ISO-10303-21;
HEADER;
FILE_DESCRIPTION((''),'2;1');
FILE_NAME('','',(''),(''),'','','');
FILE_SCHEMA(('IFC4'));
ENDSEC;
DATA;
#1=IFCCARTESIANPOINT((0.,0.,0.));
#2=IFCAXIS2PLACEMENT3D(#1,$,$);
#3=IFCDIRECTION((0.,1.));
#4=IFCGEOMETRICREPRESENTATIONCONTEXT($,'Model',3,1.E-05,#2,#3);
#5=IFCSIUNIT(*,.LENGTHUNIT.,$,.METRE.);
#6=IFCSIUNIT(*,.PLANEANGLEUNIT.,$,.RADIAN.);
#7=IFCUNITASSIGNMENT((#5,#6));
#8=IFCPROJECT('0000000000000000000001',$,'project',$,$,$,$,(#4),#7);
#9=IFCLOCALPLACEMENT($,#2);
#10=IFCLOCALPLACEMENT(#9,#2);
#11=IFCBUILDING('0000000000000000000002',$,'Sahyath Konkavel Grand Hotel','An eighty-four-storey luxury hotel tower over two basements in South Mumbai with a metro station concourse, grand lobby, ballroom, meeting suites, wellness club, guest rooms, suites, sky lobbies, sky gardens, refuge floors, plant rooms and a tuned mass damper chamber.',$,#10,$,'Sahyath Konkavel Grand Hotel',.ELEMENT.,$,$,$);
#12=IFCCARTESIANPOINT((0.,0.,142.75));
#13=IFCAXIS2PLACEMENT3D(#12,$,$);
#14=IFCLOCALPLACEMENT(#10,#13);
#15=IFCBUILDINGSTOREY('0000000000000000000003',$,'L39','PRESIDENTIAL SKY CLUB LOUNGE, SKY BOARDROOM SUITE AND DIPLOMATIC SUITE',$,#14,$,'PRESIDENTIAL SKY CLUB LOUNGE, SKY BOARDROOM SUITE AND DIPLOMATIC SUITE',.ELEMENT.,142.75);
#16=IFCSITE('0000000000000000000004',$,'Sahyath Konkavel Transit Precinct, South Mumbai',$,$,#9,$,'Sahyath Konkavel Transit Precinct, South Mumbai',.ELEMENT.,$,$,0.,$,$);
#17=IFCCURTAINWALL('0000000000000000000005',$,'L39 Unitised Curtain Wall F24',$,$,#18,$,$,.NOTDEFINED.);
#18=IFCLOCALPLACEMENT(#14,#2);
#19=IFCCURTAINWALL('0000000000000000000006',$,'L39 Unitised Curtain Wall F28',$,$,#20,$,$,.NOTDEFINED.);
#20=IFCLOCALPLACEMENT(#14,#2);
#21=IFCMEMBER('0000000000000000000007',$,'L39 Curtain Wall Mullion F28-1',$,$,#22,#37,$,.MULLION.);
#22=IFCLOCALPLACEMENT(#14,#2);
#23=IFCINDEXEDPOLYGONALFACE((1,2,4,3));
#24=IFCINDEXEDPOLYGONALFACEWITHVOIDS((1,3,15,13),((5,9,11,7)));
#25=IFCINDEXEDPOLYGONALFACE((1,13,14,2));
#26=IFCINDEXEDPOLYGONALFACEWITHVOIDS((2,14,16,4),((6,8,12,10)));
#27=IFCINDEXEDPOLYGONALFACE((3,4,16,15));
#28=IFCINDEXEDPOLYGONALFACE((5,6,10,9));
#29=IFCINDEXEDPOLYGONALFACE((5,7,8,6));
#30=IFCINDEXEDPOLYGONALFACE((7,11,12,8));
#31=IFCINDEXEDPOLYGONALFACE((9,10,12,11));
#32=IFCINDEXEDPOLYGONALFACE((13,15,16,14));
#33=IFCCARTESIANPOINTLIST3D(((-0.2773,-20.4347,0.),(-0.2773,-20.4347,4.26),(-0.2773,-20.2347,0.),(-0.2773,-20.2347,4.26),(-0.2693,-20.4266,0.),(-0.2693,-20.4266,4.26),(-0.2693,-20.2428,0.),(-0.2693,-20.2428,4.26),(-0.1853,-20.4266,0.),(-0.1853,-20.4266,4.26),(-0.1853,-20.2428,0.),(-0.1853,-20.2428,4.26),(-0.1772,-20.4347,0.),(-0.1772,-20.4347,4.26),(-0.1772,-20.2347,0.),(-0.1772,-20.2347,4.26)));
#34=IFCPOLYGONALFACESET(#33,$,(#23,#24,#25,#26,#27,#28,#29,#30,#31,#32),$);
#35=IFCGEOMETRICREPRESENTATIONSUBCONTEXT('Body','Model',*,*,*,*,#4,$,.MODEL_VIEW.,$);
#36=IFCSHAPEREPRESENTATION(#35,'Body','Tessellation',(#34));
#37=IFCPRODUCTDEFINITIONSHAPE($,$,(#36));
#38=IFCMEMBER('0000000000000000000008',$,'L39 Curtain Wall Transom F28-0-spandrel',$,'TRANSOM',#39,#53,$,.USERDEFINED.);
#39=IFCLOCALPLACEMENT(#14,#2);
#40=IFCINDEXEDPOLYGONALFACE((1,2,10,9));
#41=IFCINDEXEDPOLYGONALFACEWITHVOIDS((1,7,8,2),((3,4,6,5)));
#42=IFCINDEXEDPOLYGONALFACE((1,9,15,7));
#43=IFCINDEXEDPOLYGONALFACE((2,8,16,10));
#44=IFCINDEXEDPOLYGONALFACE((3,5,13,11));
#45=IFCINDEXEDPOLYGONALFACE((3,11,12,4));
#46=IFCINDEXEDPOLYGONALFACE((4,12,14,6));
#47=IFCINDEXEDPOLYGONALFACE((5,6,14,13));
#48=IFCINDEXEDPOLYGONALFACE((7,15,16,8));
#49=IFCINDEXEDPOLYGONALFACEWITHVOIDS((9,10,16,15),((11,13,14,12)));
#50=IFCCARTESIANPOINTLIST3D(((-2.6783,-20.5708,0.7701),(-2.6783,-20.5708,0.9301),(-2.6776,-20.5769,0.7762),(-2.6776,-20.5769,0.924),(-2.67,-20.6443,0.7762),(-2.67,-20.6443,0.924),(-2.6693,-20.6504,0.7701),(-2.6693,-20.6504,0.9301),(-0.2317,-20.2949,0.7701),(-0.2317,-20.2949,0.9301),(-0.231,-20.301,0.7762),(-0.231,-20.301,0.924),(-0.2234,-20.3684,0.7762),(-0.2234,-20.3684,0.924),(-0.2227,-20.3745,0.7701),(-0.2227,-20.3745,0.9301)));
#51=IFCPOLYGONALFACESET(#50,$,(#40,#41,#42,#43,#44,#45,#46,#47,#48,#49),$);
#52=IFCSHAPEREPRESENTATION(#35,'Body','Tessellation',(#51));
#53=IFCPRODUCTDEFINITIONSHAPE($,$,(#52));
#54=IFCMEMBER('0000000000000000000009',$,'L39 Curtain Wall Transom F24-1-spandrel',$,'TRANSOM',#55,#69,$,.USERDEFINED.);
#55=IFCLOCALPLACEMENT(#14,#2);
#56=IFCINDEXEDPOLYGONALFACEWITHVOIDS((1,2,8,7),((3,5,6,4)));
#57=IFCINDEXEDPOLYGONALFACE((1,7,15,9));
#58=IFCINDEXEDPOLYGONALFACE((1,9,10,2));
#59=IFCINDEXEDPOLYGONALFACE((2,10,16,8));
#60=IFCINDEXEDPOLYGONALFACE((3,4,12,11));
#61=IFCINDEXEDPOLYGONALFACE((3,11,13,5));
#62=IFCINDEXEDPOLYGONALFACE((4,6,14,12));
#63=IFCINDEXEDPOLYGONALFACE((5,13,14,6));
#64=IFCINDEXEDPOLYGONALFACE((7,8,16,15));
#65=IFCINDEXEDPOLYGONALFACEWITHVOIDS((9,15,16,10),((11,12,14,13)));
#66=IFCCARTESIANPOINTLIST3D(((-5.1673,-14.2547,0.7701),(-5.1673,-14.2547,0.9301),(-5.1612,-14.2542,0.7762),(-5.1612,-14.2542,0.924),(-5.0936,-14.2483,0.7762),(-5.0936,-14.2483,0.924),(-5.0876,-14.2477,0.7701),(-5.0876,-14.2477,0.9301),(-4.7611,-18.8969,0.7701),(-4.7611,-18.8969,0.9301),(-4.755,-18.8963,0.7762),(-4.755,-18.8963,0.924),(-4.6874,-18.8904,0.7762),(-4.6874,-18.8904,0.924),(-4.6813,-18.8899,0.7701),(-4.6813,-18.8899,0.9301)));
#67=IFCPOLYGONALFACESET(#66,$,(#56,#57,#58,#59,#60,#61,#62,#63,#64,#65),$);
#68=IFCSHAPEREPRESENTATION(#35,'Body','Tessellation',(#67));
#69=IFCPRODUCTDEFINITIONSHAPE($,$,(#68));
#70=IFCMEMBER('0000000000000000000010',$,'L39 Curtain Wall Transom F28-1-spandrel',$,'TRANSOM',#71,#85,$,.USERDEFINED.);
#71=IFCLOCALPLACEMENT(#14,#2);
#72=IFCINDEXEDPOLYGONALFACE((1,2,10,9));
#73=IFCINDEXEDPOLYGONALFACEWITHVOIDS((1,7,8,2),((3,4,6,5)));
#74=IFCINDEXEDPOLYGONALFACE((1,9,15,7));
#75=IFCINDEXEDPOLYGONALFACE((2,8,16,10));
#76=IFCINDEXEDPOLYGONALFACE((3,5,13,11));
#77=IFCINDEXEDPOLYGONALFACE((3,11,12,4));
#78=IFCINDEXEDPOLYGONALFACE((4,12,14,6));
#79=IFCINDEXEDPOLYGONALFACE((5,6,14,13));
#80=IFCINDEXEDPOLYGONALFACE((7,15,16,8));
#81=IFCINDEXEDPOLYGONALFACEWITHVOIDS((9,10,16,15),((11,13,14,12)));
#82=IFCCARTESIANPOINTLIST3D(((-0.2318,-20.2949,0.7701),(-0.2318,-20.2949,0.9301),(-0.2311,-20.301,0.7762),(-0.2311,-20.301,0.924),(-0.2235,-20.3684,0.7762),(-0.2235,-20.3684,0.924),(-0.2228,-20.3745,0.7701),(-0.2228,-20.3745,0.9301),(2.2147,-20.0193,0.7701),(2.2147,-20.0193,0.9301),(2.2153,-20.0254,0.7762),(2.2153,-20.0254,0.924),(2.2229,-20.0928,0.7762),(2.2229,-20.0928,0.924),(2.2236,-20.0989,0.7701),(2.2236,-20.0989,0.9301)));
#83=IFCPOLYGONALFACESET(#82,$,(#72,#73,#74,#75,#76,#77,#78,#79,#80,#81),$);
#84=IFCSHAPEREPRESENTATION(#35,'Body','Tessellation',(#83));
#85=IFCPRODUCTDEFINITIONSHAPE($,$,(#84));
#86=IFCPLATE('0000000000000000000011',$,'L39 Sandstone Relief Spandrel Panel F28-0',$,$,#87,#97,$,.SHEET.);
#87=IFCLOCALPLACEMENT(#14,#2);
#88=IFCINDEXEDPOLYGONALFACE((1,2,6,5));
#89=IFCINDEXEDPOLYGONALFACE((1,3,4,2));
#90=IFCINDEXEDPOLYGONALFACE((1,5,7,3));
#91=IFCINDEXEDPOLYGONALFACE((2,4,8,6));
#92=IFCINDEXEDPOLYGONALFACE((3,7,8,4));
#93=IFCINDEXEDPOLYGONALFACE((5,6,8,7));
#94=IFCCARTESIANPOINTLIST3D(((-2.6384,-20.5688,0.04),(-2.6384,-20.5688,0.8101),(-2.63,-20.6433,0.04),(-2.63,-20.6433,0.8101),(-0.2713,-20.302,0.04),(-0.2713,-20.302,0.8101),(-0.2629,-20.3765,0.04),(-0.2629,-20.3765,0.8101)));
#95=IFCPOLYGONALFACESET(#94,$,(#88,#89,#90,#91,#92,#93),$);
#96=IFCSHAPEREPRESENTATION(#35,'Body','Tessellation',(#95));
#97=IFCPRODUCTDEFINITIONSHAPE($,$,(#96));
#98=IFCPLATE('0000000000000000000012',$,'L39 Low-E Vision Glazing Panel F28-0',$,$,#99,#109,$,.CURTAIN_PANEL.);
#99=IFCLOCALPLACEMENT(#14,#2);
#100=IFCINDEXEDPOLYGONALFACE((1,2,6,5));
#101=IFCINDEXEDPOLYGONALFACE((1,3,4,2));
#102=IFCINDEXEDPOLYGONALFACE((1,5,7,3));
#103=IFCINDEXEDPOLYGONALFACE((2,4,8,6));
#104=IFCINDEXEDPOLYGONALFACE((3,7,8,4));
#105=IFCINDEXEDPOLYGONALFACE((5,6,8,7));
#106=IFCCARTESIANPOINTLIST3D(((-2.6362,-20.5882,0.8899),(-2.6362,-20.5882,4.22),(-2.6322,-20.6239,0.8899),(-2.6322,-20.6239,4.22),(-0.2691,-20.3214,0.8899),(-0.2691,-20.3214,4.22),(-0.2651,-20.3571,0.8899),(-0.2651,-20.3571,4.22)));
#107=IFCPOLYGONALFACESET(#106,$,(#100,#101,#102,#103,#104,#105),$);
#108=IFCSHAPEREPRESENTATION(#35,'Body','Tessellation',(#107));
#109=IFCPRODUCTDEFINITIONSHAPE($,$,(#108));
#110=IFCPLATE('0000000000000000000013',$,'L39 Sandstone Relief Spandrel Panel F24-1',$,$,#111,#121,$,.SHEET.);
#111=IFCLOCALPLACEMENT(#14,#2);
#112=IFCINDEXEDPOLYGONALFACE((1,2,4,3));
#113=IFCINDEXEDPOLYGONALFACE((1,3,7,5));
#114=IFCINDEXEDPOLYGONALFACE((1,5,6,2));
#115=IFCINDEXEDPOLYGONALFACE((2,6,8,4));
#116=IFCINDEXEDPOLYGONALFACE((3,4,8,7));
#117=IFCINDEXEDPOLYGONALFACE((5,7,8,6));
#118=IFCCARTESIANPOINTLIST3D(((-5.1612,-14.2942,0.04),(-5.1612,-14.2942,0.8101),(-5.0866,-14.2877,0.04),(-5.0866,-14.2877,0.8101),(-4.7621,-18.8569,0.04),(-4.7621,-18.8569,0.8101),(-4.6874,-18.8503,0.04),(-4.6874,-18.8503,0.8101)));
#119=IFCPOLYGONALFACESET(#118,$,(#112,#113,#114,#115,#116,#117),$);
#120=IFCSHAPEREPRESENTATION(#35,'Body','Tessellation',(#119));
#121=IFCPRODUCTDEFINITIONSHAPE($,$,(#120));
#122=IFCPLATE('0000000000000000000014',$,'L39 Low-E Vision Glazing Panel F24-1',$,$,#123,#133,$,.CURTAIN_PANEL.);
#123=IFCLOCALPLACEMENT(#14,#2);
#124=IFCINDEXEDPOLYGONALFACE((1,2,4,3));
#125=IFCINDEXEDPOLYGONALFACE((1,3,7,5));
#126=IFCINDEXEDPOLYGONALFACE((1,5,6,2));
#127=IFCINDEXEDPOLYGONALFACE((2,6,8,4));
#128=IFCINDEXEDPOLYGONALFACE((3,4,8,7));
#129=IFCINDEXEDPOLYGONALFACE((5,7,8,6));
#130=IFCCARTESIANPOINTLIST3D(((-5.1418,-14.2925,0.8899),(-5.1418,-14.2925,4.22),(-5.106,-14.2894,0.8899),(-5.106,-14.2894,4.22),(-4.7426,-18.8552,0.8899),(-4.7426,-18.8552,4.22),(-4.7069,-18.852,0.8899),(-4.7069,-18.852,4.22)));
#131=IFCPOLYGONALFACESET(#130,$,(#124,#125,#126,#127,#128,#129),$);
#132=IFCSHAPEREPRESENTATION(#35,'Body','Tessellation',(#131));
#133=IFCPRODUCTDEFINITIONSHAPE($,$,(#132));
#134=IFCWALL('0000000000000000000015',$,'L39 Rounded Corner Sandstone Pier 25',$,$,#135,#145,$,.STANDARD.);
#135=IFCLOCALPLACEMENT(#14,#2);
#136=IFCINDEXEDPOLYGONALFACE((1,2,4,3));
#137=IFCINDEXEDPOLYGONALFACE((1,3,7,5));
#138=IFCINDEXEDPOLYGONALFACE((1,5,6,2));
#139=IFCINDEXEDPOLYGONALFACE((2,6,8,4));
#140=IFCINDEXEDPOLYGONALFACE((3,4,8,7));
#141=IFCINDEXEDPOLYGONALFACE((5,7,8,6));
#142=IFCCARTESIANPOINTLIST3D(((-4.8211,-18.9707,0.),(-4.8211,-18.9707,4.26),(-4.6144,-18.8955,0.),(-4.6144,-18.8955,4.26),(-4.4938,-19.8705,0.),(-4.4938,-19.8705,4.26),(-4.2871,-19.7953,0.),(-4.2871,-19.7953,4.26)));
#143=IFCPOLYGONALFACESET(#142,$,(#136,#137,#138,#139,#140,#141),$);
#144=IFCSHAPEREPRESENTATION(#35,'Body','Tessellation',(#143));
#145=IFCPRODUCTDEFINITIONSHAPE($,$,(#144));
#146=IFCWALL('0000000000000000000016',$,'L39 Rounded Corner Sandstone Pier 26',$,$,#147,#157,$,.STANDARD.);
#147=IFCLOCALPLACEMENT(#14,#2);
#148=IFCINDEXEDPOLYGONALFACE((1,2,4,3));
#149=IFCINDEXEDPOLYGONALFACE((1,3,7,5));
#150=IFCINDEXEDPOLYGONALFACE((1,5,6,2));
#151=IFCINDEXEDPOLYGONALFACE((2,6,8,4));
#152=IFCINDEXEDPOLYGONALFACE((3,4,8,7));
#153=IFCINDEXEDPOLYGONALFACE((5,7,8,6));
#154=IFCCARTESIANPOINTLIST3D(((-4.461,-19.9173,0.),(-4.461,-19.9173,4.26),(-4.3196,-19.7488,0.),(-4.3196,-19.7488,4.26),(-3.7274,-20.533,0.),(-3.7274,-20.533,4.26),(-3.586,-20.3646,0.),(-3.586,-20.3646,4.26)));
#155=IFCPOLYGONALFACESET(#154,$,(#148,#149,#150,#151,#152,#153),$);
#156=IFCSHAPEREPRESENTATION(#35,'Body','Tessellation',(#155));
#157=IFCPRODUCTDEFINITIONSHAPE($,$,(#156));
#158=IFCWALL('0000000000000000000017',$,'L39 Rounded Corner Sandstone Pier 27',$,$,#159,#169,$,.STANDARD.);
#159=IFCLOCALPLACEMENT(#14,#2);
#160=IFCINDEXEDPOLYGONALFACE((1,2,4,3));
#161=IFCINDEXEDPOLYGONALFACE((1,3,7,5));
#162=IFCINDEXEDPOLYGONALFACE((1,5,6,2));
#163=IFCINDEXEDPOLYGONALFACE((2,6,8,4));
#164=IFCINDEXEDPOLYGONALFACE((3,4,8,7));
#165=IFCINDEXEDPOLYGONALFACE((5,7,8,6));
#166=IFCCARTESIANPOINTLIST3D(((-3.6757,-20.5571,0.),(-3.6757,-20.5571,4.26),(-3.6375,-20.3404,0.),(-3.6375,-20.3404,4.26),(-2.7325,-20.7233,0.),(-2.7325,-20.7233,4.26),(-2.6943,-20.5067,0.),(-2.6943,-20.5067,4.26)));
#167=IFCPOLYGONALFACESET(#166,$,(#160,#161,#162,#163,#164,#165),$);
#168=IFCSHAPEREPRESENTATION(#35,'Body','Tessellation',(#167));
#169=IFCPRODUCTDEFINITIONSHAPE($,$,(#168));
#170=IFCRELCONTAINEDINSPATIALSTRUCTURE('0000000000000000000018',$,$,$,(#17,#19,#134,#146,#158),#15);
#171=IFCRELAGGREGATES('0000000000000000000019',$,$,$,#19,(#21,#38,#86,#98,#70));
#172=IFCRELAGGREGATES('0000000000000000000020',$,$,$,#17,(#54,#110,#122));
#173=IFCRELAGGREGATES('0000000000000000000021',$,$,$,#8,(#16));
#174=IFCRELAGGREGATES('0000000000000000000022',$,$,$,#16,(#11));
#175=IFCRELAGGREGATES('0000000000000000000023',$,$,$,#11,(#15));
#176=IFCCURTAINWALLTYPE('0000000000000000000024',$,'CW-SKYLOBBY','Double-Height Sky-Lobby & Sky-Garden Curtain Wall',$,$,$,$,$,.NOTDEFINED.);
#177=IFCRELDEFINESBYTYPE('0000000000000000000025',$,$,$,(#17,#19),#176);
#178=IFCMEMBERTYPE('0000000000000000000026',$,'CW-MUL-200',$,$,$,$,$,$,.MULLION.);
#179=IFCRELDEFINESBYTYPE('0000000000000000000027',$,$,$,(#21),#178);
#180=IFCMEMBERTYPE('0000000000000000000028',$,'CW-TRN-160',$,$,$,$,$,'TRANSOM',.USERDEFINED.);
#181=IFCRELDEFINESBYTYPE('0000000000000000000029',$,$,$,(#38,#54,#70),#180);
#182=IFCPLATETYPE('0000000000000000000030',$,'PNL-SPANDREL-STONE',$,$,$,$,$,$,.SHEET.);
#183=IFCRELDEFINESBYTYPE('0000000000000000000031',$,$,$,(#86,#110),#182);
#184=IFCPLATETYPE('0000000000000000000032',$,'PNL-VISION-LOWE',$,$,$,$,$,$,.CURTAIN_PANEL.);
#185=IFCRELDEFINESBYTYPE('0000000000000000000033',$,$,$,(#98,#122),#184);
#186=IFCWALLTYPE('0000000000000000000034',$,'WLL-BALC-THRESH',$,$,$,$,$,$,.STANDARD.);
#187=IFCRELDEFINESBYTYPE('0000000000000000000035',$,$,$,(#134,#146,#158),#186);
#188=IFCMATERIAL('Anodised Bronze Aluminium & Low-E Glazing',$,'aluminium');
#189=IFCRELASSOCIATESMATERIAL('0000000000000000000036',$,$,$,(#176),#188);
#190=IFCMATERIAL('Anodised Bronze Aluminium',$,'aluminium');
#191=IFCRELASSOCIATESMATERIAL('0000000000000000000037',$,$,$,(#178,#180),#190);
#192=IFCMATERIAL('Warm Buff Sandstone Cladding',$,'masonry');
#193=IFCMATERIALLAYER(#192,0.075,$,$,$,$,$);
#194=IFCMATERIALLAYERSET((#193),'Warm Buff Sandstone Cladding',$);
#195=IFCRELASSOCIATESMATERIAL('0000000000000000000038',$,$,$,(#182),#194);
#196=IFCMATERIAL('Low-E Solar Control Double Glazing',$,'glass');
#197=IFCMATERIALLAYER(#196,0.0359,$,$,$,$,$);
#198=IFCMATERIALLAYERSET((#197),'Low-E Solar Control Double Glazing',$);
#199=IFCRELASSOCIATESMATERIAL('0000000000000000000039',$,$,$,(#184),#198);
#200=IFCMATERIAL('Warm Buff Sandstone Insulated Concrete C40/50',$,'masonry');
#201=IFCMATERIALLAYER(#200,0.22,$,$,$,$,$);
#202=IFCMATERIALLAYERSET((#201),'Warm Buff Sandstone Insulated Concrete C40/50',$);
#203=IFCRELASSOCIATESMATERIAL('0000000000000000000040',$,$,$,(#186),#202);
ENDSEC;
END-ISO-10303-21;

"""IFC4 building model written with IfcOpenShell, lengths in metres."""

from ifc_helpers import new_model, si_unit, direction, frame, frame_2d, origin, origin_2d, place, context, subcontext, project, spatial, rectangle, hollow_rectangle, extrude, source, transform, mapped, material, layer, layer_set, material_profile, profile_set, type_object, element, aggregate, save


model = new_model("IFC4")

# Units and contexts
model_context = context("Model", 3, precision=1e-05, world=origin(), true_north=direction((0.0, 1.0)))
body_context = subcontext(model_context, "Body", "Model", "MODEL_VIEW")
ifc_project = project(units=[si_unit("LENGTHUNIT", "METRE"), si_unit("PLANEANGLEUNIT", "RADIAN")], contexts=[model_context])

# Site, building, storey
site_placement = place(None, origin())
site = spatial("IfcSite", under=ifc_project, at=site_placement, Name="Sahyath Konkavel Transit Precinct, South Mumbai", LongName="Sahyath Konkavel Transit Precinct, South Mumbai", CompositionType="ELEMENT", RefElevation=0.0)
building_placement = place(site_placement, origin())
building = spatial("IfcBuilding", under=site, at=building_placement, Name="Sahyath Konkavel Grand Hotel", Description="An eighty-four-storey luxury hotel tower over two basements in South Mumbai with a metro station concourse, grand lobby, ballroom, meeting suites, wellness club, guest rooms, suites, sky lobbies, sky gardens, refuge floors, plant rooms and a tuned mass damper chamber.", LongName="Sahyath Konkavel Grand Hotel", CompositionType="ELEMENT")
storey_placement = place(building_placement, frame((0.0, 0.0, 142.75)))
storey = spatial("IfcBuildingStorey", under=building, at=storey_placement, Name="L39", Description="PRESIDENTIAL SKY CLUB LOUNGE, SKY BOARDROOM SUITE AND DIPLOMATIC SUITE", LongName="PRESIDENTIAL SKY CLUB LOUNGE, SKY BOARDROOM SUITE AND DIPLOMATIC SUITE", CompositionType="ELEMENT", Elevation=142.75)

# Curtain wall
ifc_material_1 = material(Name="Anodised Bronze Aluminium & Low-E Glazing", Category="aluminium")
curtain_wall_type = type_object("IfcCurtainWallType", Name="CW-SKYLOBBY", Description="Double-Height Sky-Lobby & Sky-Garden Curtain Wall", PredefinedType="NOTDEFINED", material=ifc_material_1)
curtain_wall_1_placement = place(storey_placement, origin())
curtain_wall_1 = element("IfcCurtainWall", 1, at=curtain_wall_1_placement, inside=storey, type_object=curtain_wall_type, Name="L39 Unitised Curtain Wall F24", PredefinedType="NOTDEFINED")
ifc_material_2 = material(Name="Anodised Bronze Aluminium", Category="aluminium")
ifc_material_profile_1 = material_profile(ifc_material_2, hollow_rectangle(XDim=0.1001, YDim=0.2, WallThickness=0.0081, at=origin_2d()), Name="RHS 200x100x8")
ifc_profile_set_1 = profile_set([ifc_material_profile_1], Name="Anodised Bronze Aluminium")
member_type_1 = type_object("IfcMemberType", Name="CW-MUL-200", PredefinedType="MULLION", material=ifc_profile_set_1)
shared_shape_1 = source(origin(), body_context, "Body", "SweptSolid", [
    extrude(hollow_rectangle(XDim=0.1001, YDim=0.2, WallThickness=0.0081, at=origin_2d()), origin(), (0.0, 0.0, 1.0), 4.26),
])

# Curtain wall, members
curtain_wall_2_placement = place(storey_placement, origin())
curtain_wall_2 = element("IfcCurtainWall", 2, at=curtain_wall_2_placement, inside=storey, type_object=curtain_wall_type, Name="L39 Unitised Curtain Wall F28", PredefinedType="NOTDEFINED")
member_1_placement = place(storey_placement, frame((-0.2273, -20.3347, 0.0), z_axis=(0.0, 0.0, 1.0), x_axis=(1.0, 0.0, 0.0)))
member_1 = element("IfcMember", 3, at=member_1_placement, type_object=member_type_1, Name="L39 Curtain Wall Mullion F28-1", PredefinedType="MULLION", context=body_context, shape_type="MappedRepresentation", body=[
    mapped(shared_shape_1, transform((0.0, 0.0, 0.0), scale=1.0)),
])
ifc_material_profile_2 = material_profile(ifc_material_2, hollow_rectangle(XDim=0.0801, YDim=0.1599, WallThickness=0.0061, at=origin_2d()), Name="RHS 160x80x6")
ifc_profile_set_2 = profile_set([ifc_material_profile_2], Name="Anodised Bronze Aluminium")
member_type_2 = type_object("IfcMemberType", Name="CW-TRN-160", ElementType="TRANSOM", PredefinedType="USERDEFINED", material=ifc_profile_set_2)
shared_shape_2 = source(origin(), body_context, "Body", "SweptSolid", [
    extrude(hollow_rectangle(XDim=0.0801, YDim=0.1599, WallThickness=0.0061, at=origin_2d()), origin(), (0.0, 0.0, 1.0), 2.4622),
])
member_2_placement = place(storey_placement, frame((-2.6738, -20.6106, 0.8501), z_axis=(0.993702, 0.112053, 0.0), x_axis=(-0.112053, 0.993702, 0.0)))
member_2 = element("IfcMember", 4, at=member_2_placement, type_object=member_type_2, Name="L39 Curtain Wall Transom F28-0-spandrel", ObjectType="TRANSOM", PredefinedType="USERDEFINED", context=body_context, shape_type="MappedRepresentation", body=[
    mapped(shared_shape_2, transform((0.0, 0.0, 0.0), scale=1.0)),
])

# Members
shared_shape_3 = source(origin(), body_context, "Body", "SweptSolid", [
    extrude(hollow_rectangle(XDim=0.0801, YDim=0.1599, WallThickness=0.0061, at=origin_2d()), origin(), (0.0, 0.0, 1.0), 4.6599),
])
member_3_placement = place(storey_placement, frame((-5.1274, -14.2512, 0.8501), z_axis=(0.087181, -0.996192, 0.0), x_axis=(0.996192, 0.087181, 0.0)))
member_3 = element("IfcMember", 5, at=member_3_placement, type_object=member_type_2, Name="L39 Curtain Wall Transom F24-1-spandrel", ObjectType="TRANSOM", PredefinedType="USERDEFINED", context=body_context, shape_type="MappedRepresentation", body=[
    mapped(shared_shape_3, transform((0.0, 0.0, 0.0), scale=1.0)),
])
shared_shape_4 = source(origin(), body_context, "Body", "SweptSolid", [
    extrude(hollow_rectangle(XDim=0.0801, YDim=0.1599, WallThickness=0.0061, at=origin_2d()), origin(), (0.0, 0.0, 1.0), 2.4619),
])
member_4_placement = place(storey_placement, frame((-0.2273, -20.3347, 0.8501), z_axis=(0.993713, 0.111955, 0.0), x_axis=(-0.111955, 0.993713, 0.0)))
member_4 = element("IfcMember", 6, at=member_4_placement, type_object=member_type_2, Name="L39 Curtain Wall Transom F28-1-spandrel", ObjectType="TRANSOM", PredefinedType="USERDEFINED", context=body_context, shape_type="MappedRepresentation", body=[
    mapped(shared_shape_4, transform((0.0, 0.0, 0.0), scale=1.0)),
])

# Plates
ifc_material_3 = material(Name="Warm Buff Sandstone Cladding", Category="masonry")
ifc_layer_1 = layer(ifc_material_3, 0.075)
ifc_layer_set_1 = layer_set([ifc_layer_1], Name="Warm Buff Sandstone Cladding")
plate_type_1 = type_object("IfcPlateType", Name="PNL-SPANDREL-STONE", PredefinedType="SHEET", material=ifc_layer_set_1)
shared_shape_5 = source(origin(), body_context, "Body", "SweptSolid", [
    extrude(rectangle(XDim=2.3821, YDim=0.075, at=origin_2d()), origin(), (0.0, 0.0, 1.0), 0.77),
])
plate_1_placement = place(storey_placement, frame((-1.4507, -20.4727, 0.04), z_axis=(0.0, 0.0, 1.0), x_axis=(0.993707, 0.112007, 0.0)))
plate_1 = element("IfcPlate", 7, at=plate_1_placement, type_object=plate_type_1, Name="L39 Sandstone Relief Spandrel Panel F28-0", PredefinedType="SHEET", context=body_context, shape_type="MappedRepresentation", body=[
    mapped(shared_shape_5, transform((0.0, 0.0, 0.0), scale=1.0)),
])
ifc_material_4 = material(Name="Low-E Solar Control Double Glazing", Category="glass")
ifc_layer_2 = layer(ifc_material_4, 0.0359)
ifc_layer_set_2 = layer_set([ifc_layer_2], Name="Low-E Solar Control Double Glazing")
plate_type_2 = type_object("IfcPlateType", Name="PNL-VISION-LOWE", PredefinedType="CURTAIN_PANEL", material=ifc_layer_set_2)
shared_shape_6 = source(origin(), body_context, "Body", "SweptSolid", [
    extrude(rectangle(XDim=2.3821, YDim=0.0359, at=origin_2d()), origin(), (0.0, 0.0, 1.0), 3.3301),
])
plate_2_placement = place(storey_placement, frame((-1.4507, -20.4727, 0.8899), z_axis=(0.0, 0.0, 1.0), x_axis=(0.993707, 0.112007, 0.0)))
plate_2 = element("IfcPlate", 8, at=plate_2_placement, type_object=plate_type_2, Name="L39 Low-E Vision Glazing Panel F28-0", PredefinedType="CURTAIN_PANEL", context=body_context, shape_type="MappedRepresentation", body=[
    mapped(shared_shape_6, transform((0.0, 0.0, 0.0), scale=1.0)),
])
aggregate(curtain_wall_2, [member_1, member_2, plate_1, plate_2, member_4])
shared_shape_7 = source(origin(), body_context, "Body", "SweptSolid", [
    extrude(rectangle(XDim=4.5801, YDim=0.075, at=origin_2d()), origin(), (0.0, 0.0, 1.0), 0.77),
])
plate_3_placement = place(storey_placement, frame((-4.9243, -16.5723, 0.04), z_axis=(0.0, 0.0, 1.0), x_axis=(0.087156, -0.996195, 0.0)))
plate_3 = element("IfcPlate", 9, at=plate_3_placement, type_object=plate_type_1, Name="L39 Sandstone Relief Spandrel Panel F24-1", PredefinedType="SHEET", context=body_context, shape_type="MappedRepresentation", body=[
    mapped(shared_shape_7, transform((0.0, 0.0, 0.0), scale=1.0)),
])
shared_shape_8 = source(origin(), body_context, "Body", "SweptSolid", [
    extrude(rectangle(XDim=4.5801, YDim=0.0359, at=origin_2d()), origin(), (0.0, 0.0, 1.0), 3.3301),
])
plate_4_placement = place(storey_placement, frame((-4.9243, -16.5723, 0.8899), z_axis=(0.0, 0.0, 1.0), x_axis=(0.087156, -0.996195, 0.0)))
plate_4 = element("IfcPlate", 10, at=plate_4_placement, type_object=plate_type_2, Name="L39 Low-E Vision Glazing Panel F24-1", PredefinedType="CURTAIN_PANEL", context=body_context, shape_type="MappedRepresentation", body=[
    mapped(shared_shape_8, transform((0.0, 0.0, 0.0), scale=1.0)),
])
aggregate(curtain_wall_1, [member_3, plate_3, plate_4])

# Walls
ifc_material_5 = material(Name="Warm Buff Sandstone Insulated Concrete C40/50", Category="masonry")
ifc_layer_3 = layer(ifc_material_5, 0.22)
ifc_layer_set_3 = layer_set([ifc_layer_3], Name="Warm Buff Sandstone Insulated Concrete C40/50")
wall_type_1 = type_object("IfcWallType", Name="WLL-BALC-THRESH", PredefinedType="STANDARD", material=ifc_layer_set_3)
wall_1_placement = place(storey_placement, frame((-4.7178, -18.9331, 0.0), z_axis=(0.0, 0.0, 1.0), x_axis=(0.341886, -0.939741, 0.0)))
element("IfcWall", 11, at=wall_1_placement, inside=storey, type_object=wall_type_1, Name="L39 Rounded Corner Sandstone Pier 25", PredefinedType="STANDARD", context=body_context, shape_type="SweptSolid", body=[
    extrude(rectangle(XDim=0.9575, YDim=0.22, at=frame_2d((0.4788, 0.0))), origin(), (0.0, 0.0, 1.0), 4.26),
])
for number, where, z_axis, x_axis, name in (
    (12, (-4.3904, -19.833, 0.0), (0.0, 0.0, 1.0), (0.765981, -0.642863, 0.0), "L39 Rounded Corner Sandstone Pier 26"),
    (13, (-3.6567, -20.4487, 0.0), (0.0, 0.0, 1.0), (0.984814, -0.173611, 0.0), "L39 Rounded Corner Sandstone Pier 27"),
):
    element("IfcWall", number, at=place(storey_placement, frame(where, z_axis=z_axis, x_axis=x_axis)), inside=storey, type_object=wall_type_1, Name=name, PredefinedType="STANDARD", context=body_context, shape_type="SweptSolid", body=[
        extrude(rectangle(XDim=0.9578, YDim=0.22, at=frame_2d((0.479, 0.0))), origin(), (0.0, 0.0, 1.0), 4.26),
    ])

save(model, "model.ifc")
